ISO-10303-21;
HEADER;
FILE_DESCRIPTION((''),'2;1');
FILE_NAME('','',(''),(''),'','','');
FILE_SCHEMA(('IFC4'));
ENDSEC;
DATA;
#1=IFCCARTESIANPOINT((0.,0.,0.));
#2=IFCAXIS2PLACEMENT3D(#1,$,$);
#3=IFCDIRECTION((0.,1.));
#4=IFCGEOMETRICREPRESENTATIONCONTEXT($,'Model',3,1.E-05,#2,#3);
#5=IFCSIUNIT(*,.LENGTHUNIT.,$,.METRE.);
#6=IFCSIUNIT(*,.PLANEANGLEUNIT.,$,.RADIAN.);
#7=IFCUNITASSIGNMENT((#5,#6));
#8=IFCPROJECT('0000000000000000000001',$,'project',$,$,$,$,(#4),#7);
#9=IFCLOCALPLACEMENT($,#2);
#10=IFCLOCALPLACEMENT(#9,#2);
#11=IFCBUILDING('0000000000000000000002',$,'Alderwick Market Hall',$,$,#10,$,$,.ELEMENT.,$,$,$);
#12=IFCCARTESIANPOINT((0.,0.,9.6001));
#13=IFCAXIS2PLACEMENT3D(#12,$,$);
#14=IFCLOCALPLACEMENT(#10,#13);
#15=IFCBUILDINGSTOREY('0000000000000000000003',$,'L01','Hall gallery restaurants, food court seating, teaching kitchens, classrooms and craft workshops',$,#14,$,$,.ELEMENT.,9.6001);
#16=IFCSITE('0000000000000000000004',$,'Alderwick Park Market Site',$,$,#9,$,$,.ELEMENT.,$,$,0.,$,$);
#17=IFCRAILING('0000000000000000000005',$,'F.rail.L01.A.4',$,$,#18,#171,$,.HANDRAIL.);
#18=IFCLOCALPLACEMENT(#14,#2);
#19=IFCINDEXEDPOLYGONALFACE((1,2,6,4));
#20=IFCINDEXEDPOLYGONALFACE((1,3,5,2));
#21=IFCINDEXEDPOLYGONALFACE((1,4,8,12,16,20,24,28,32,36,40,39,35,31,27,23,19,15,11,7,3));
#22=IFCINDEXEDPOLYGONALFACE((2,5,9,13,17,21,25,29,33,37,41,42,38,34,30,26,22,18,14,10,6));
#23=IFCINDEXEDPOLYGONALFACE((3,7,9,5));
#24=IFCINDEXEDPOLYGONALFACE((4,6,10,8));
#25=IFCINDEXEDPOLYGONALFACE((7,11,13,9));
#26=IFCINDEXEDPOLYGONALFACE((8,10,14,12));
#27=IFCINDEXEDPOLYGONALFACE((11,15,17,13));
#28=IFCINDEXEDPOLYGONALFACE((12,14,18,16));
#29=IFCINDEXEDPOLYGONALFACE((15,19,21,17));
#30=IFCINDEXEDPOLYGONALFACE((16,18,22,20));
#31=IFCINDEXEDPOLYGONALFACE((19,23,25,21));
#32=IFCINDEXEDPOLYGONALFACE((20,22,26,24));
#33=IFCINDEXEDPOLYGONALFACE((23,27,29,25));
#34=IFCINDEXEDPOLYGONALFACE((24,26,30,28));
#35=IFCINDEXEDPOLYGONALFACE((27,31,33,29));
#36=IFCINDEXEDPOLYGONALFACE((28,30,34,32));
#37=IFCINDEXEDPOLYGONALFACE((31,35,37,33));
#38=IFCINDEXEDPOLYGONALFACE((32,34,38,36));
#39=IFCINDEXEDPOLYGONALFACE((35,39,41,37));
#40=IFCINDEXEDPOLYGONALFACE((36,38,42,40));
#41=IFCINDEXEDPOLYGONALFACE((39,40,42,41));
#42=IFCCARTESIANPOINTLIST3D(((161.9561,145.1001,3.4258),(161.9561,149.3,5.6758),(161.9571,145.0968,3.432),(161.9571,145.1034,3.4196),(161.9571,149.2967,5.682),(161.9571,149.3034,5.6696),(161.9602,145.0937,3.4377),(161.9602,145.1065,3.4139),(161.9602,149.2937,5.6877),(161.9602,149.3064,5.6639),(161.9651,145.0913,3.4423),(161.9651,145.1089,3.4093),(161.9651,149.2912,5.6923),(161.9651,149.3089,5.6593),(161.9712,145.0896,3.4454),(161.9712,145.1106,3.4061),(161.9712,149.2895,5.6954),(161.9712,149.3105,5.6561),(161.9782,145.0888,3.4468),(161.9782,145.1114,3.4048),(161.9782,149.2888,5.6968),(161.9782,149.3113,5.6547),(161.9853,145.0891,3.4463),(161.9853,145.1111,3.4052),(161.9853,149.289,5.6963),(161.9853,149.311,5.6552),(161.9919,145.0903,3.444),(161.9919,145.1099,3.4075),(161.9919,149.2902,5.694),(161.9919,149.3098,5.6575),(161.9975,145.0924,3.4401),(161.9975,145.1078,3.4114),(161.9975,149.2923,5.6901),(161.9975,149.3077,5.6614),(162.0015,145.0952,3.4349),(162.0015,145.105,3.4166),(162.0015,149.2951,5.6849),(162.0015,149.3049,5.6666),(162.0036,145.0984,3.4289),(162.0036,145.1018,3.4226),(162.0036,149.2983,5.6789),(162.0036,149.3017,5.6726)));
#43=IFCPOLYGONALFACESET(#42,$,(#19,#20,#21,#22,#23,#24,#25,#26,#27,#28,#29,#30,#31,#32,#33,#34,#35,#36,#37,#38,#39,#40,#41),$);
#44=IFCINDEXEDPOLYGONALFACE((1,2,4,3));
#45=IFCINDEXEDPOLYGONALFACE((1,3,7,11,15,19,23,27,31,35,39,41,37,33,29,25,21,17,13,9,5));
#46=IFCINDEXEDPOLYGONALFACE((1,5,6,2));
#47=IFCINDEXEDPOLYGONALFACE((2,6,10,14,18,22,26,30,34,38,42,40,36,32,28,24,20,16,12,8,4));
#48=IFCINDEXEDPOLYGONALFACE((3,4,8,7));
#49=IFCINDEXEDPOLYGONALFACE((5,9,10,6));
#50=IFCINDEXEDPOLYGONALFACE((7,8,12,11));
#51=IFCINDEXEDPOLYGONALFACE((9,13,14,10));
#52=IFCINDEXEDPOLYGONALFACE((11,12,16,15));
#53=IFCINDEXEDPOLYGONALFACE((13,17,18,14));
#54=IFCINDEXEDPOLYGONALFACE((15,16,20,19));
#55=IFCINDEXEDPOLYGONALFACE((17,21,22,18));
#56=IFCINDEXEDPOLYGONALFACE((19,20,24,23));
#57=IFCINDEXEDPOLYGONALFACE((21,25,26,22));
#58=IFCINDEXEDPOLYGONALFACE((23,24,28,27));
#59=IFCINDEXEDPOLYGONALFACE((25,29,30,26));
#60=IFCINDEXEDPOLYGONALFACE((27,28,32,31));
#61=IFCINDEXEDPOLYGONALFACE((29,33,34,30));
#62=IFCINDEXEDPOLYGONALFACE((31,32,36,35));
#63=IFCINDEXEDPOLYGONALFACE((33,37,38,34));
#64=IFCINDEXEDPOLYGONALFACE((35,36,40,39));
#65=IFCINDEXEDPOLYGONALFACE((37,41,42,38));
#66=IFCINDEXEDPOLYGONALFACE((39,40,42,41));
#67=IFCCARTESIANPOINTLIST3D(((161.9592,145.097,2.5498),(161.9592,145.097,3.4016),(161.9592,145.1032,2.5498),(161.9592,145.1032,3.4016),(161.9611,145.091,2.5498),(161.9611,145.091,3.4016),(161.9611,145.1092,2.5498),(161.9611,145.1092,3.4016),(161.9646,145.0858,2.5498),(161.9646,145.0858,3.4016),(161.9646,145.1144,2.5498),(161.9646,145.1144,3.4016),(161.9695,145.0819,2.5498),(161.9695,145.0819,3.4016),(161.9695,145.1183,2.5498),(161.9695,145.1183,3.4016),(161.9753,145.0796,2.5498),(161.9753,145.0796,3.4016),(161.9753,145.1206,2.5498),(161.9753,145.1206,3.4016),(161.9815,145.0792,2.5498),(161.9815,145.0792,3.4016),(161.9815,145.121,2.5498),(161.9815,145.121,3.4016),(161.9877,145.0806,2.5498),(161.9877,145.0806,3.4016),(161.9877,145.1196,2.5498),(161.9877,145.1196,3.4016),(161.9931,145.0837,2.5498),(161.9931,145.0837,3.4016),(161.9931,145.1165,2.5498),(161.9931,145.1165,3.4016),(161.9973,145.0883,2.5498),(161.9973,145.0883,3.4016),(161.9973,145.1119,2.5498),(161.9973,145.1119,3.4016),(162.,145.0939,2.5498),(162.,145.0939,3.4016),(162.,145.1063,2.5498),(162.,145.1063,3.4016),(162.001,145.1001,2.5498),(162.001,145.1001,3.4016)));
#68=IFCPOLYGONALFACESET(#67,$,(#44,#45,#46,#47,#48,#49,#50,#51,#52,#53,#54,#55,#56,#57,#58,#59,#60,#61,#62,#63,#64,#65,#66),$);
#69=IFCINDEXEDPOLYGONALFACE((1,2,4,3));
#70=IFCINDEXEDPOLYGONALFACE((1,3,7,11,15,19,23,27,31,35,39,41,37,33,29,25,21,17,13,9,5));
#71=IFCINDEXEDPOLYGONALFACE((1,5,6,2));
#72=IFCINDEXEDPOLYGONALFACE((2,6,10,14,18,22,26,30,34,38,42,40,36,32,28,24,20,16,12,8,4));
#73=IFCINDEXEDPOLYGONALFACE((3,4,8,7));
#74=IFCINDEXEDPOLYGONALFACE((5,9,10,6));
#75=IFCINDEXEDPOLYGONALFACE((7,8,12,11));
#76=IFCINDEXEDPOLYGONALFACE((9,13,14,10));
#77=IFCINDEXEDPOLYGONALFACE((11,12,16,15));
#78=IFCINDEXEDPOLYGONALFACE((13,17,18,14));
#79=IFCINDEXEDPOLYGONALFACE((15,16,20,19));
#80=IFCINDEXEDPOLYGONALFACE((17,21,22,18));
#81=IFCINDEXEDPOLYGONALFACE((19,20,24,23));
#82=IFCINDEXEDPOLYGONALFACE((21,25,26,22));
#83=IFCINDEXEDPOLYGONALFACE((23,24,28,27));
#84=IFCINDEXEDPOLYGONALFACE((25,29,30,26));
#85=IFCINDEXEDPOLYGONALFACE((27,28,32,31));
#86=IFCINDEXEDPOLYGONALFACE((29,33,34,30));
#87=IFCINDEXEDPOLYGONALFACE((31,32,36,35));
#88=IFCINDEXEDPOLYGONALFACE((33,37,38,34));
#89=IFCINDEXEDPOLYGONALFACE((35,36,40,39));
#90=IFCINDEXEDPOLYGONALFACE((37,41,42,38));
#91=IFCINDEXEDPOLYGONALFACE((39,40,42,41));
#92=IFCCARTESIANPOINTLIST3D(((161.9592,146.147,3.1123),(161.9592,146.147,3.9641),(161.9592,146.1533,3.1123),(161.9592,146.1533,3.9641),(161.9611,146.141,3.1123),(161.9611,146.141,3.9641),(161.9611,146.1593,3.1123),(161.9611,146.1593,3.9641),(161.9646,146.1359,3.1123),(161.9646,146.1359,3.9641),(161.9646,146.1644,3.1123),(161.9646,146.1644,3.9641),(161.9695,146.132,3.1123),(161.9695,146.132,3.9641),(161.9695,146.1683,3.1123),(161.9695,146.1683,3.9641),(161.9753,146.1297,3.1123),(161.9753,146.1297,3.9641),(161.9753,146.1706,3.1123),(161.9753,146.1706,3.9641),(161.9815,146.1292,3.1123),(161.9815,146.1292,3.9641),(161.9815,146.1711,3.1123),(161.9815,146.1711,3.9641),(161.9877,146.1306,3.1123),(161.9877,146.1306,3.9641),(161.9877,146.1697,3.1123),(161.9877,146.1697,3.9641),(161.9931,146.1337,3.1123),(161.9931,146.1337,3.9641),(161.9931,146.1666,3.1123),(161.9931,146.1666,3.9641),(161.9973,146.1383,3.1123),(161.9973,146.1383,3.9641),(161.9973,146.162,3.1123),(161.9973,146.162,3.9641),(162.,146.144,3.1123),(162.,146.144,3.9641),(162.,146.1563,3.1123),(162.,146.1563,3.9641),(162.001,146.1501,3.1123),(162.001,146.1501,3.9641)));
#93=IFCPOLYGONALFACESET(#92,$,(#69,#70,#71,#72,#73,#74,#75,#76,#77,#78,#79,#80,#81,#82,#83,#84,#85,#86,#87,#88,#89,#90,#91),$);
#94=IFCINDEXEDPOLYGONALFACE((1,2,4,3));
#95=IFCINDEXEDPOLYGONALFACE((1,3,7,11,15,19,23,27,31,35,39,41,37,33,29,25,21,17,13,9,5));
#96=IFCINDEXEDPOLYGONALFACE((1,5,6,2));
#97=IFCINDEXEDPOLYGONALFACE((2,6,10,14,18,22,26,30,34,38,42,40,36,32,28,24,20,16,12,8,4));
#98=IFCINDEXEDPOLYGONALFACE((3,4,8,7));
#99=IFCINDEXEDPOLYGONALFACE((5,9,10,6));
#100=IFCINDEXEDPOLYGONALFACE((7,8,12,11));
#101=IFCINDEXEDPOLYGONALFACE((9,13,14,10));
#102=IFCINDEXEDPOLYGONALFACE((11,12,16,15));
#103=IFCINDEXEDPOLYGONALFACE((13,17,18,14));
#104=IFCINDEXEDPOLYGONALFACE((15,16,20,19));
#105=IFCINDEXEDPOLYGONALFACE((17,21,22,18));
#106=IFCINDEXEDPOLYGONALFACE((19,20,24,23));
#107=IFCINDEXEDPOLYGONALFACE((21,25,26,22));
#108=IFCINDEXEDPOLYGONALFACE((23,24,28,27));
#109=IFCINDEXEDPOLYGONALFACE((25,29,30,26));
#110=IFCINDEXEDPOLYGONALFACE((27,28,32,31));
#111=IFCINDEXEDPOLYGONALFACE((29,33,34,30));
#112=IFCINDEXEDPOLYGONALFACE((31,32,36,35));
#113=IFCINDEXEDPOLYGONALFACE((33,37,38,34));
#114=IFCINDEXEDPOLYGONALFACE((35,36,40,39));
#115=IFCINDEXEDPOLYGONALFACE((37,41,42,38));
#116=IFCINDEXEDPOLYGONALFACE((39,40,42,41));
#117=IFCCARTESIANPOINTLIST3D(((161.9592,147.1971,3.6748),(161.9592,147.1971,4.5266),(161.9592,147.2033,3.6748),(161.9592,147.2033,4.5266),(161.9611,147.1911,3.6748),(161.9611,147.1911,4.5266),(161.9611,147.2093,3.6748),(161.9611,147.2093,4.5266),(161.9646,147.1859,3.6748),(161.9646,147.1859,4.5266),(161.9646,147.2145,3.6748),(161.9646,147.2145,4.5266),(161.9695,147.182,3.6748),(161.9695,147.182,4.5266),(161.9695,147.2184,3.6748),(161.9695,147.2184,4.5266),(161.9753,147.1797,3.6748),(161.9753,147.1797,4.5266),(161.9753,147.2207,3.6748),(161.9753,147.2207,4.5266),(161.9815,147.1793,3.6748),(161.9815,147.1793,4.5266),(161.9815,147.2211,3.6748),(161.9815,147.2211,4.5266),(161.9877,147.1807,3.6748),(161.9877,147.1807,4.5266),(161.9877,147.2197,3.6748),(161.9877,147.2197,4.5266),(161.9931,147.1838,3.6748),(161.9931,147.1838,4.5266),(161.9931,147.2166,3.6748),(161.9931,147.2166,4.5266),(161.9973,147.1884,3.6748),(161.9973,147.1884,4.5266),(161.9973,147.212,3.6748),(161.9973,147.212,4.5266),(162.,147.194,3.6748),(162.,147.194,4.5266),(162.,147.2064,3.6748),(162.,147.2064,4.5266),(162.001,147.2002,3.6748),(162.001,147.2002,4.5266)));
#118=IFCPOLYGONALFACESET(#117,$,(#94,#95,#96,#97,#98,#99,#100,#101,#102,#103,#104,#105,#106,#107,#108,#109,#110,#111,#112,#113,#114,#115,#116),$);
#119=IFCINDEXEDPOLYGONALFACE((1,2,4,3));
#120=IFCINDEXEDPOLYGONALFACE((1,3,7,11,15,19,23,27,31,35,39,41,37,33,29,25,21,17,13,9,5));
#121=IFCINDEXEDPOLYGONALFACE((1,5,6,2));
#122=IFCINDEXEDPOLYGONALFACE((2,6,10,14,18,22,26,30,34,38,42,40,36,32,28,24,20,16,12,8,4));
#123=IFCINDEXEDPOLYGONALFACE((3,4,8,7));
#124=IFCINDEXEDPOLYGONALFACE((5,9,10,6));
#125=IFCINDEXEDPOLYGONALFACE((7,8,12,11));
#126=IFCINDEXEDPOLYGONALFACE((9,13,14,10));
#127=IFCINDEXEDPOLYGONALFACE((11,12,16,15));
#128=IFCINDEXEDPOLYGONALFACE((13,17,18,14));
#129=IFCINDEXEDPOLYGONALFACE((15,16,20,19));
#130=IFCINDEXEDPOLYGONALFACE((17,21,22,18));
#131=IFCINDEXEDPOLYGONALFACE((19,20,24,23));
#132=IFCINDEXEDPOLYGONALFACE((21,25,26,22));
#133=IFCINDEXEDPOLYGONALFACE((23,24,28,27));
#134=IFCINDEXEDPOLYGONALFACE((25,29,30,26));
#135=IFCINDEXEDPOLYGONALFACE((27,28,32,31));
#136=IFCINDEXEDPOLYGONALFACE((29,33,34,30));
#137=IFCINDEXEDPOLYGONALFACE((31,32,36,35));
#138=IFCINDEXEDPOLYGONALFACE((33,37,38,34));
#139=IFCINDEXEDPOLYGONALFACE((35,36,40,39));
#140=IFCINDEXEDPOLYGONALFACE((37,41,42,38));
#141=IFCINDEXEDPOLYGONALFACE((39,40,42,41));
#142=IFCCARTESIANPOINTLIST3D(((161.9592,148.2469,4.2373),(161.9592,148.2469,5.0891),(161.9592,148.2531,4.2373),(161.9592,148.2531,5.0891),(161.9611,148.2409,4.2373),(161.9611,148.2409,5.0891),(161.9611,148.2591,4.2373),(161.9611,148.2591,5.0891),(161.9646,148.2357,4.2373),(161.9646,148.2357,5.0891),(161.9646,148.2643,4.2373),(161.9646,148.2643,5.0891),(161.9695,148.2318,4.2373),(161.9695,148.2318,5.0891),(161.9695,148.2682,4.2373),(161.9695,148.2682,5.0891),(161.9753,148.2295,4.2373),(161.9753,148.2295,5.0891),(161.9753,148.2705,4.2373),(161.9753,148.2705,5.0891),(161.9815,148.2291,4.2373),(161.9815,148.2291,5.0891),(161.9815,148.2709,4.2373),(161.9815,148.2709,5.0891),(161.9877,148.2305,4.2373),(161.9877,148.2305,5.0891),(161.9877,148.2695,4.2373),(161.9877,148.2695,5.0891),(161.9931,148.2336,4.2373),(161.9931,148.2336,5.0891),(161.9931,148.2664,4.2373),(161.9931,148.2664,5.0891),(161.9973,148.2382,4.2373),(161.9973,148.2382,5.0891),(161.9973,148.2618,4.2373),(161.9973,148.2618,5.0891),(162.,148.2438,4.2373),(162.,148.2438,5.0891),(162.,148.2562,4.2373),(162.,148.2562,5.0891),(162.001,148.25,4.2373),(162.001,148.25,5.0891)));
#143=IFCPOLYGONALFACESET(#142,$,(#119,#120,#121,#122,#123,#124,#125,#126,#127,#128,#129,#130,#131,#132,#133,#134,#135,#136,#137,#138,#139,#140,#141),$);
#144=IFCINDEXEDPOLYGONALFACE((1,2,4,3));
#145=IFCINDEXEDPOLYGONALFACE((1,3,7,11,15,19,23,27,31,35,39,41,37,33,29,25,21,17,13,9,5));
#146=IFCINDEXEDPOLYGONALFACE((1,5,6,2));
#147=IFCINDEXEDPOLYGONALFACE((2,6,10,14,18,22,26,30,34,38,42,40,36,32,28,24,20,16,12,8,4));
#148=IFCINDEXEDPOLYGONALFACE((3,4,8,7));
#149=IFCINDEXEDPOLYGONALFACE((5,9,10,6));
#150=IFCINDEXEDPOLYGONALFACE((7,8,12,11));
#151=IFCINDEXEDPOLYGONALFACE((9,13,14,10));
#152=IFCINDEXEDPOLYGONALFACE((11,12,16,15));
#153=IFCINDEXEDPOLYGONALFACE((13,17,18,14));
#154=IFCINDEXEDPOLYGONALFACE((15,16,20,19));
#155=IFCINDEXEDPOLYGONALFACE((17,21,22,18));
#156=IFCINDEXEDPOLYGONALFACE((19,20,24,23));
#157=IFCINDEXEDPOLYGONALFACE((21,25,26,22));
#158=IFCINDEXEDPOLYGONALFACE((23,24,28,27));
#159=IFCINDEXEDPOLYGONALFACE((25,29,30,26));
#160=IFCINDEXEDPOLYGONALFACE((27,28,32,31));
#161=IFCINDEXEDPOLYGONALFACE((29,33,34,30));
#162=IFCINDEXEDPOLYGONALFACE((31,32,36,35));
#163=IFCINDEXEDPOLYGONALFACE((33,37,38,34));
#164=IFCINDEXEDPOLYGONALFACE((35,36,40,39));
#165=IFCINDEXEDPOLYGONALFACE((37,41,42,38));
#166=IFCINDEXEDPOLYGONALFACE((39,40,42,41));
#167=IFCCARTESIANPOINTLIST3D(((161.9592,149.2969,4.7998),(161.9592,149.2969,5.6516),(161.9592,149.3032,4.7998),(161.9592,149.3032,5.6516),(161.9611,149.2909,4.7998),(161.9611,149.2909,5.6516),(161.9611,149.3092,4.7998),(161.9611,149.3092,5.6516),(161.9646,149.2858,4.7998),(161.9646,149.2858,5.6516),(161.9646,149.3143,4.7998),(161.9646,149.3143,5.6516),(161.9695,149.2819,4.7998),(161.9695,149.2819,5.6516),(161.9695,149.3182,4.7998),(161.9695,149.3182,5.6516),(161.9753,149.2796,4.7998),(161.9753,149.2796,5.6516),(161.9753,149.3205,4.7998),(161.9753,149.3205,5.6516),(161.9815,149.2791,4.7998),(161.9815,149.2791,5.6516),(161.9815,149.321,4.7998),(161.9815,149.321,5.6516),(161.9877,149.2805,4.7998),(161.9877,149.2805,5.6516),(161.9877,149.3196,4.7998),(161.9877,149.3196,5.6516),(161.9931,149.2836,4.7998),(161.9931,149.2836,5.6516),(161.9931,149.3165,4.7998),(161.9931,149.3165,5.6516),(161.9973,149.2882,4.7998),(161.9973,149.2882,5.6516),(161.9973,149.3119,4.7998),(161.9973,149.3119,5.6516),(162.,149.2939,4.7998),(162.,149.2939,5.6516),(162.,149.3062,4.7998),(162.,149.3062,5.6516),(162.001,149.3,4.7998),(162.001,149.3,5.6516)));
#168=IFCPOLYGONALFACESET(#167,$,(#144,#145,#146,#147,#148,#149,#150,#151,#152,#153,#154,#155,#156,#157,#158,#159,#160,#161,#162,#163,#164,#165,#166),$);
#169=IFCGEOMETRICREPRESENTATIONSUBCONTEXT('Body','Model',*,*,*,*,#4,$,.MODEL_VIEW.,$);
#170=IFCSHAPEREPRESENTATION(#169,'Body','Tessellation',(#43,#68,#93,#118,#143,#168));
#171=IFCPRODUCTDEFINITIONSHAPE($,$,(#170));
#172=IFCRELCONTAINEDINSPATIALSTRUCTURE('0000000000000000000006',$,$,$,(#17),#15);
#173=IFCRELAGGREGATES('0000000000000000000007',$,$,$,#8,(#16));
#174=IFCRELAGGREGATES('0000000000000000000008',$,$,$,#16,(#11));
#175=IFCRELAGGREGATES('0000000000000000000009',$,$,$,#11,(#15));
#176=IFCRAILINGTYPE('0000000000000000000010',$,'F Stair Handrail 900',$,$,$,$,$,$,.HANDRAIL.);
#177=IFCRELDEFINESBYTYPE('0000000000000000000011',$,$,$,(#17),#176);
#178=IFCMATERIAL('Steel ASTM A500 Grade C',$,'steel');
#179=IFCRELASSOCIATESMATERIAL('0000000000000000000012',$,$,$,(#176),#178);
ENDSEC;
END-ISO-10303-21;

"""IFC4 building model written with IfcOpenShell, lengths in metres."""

from ifc_helpers import new_model, si_unit, direction, frame, origin, origin_2d, place, context, subcontext, project, spatial, circle, extrude, material, type_object, element, save


model = new_model("IFC4")

# Units and contexts
model_context = context("Model", 3, precision=1e-05, world=origin(), true_north=direction((0.0, 1.0)))
body_context = subcontext(model_context, "Body", "Model", "MODEL_VIEW")
ifc_project = project(units=[si_unit("LENGTHUNIT", "METRE"), si_unit("PLANEANGLEUNIT", "RADIAN")], contexts=[model_context])

# Site, building, storey
site_placement = place(None, origin())
site = spatial("IfcSite", under=ifc_project, at=site_placement, Name="Alderwick Park Market Site", CompositionType="ELEMENT", RefElevation=0.0)
building_placement = place(site_placement, origin())
building = spatial("IfcBuilding", under=site, at=building_placement, Name="Alderwick Market Hall", CompositionType="ELEMENT")
storey_placement = place(building_placement, frame((0.0, 0.0, 9.6001)))
storey = spatial("IfcBuildingStorey", under=building, at=storey_placement, Name="L01", Description="Hall gallery restaurants, food court seating, teaching kitchens, classrooms and craft workshops", CompositionType="ELEMENT", Elevation=9.6001)

# Railing
ifc_material_1 = material(Name="Steel ASTM A500 Grade C", Category="steel")
railing_type = type_object("IfcRailingType", Name="F Stair Handrail 900", PredefinedType="HANDRAIL", material=ifc_material_1)
for number, where, name in (
    (1, (161.98, 145.1001, 2.5498), "F.rail.L01.A.4"),
):
    element("IfcRailing", number, at=place(storey_placement, frame(where)), inside=storey, type_object=railing_type, Name=name, PredefinedType="HANDRAIL", context=body_context, shape_type="SweptSolid", body=[
        extrude(circle(Radius=0.0239, at=origin_2d()), frame((0.0, 0.0, 0.876), z_axis=(0.0, 0.881478, 0.472226), x_axis=(-1.0, 0.0, 0.0)), (0.0, 0.0, 1.0), 4.7646),
        extrude(circle(Radius=0.021, at=origin_2d()), origin(), (0.0, 0.0, 1.0), 0.8518),
        extrude(circle(Radius=0.021, at=origin_2d()), frame((0.0, 1.05, 0.5625)), (0.0, 0.0, 1.0), 0.8518),
        extrude(circle(Radius=0.021, at=origin_2d()), frame((0.0, 2.1001, 1.125)), (0.0, 0.0, 1.0), 0.8518),
        extrude(circle(Radius=0.021, at=origin_2d()), frame((0.0, 3.1499, 1.6875)), (0.0, 0.0, 1.0), 0.8518),
        extrude(circle(Radius=0.021, at=origin_2d()), frame((0.0, 4.2, 2.25)), (0.0, 0.0, 1.0), 0.8518),
    ])

save(model, "model.ifc")
